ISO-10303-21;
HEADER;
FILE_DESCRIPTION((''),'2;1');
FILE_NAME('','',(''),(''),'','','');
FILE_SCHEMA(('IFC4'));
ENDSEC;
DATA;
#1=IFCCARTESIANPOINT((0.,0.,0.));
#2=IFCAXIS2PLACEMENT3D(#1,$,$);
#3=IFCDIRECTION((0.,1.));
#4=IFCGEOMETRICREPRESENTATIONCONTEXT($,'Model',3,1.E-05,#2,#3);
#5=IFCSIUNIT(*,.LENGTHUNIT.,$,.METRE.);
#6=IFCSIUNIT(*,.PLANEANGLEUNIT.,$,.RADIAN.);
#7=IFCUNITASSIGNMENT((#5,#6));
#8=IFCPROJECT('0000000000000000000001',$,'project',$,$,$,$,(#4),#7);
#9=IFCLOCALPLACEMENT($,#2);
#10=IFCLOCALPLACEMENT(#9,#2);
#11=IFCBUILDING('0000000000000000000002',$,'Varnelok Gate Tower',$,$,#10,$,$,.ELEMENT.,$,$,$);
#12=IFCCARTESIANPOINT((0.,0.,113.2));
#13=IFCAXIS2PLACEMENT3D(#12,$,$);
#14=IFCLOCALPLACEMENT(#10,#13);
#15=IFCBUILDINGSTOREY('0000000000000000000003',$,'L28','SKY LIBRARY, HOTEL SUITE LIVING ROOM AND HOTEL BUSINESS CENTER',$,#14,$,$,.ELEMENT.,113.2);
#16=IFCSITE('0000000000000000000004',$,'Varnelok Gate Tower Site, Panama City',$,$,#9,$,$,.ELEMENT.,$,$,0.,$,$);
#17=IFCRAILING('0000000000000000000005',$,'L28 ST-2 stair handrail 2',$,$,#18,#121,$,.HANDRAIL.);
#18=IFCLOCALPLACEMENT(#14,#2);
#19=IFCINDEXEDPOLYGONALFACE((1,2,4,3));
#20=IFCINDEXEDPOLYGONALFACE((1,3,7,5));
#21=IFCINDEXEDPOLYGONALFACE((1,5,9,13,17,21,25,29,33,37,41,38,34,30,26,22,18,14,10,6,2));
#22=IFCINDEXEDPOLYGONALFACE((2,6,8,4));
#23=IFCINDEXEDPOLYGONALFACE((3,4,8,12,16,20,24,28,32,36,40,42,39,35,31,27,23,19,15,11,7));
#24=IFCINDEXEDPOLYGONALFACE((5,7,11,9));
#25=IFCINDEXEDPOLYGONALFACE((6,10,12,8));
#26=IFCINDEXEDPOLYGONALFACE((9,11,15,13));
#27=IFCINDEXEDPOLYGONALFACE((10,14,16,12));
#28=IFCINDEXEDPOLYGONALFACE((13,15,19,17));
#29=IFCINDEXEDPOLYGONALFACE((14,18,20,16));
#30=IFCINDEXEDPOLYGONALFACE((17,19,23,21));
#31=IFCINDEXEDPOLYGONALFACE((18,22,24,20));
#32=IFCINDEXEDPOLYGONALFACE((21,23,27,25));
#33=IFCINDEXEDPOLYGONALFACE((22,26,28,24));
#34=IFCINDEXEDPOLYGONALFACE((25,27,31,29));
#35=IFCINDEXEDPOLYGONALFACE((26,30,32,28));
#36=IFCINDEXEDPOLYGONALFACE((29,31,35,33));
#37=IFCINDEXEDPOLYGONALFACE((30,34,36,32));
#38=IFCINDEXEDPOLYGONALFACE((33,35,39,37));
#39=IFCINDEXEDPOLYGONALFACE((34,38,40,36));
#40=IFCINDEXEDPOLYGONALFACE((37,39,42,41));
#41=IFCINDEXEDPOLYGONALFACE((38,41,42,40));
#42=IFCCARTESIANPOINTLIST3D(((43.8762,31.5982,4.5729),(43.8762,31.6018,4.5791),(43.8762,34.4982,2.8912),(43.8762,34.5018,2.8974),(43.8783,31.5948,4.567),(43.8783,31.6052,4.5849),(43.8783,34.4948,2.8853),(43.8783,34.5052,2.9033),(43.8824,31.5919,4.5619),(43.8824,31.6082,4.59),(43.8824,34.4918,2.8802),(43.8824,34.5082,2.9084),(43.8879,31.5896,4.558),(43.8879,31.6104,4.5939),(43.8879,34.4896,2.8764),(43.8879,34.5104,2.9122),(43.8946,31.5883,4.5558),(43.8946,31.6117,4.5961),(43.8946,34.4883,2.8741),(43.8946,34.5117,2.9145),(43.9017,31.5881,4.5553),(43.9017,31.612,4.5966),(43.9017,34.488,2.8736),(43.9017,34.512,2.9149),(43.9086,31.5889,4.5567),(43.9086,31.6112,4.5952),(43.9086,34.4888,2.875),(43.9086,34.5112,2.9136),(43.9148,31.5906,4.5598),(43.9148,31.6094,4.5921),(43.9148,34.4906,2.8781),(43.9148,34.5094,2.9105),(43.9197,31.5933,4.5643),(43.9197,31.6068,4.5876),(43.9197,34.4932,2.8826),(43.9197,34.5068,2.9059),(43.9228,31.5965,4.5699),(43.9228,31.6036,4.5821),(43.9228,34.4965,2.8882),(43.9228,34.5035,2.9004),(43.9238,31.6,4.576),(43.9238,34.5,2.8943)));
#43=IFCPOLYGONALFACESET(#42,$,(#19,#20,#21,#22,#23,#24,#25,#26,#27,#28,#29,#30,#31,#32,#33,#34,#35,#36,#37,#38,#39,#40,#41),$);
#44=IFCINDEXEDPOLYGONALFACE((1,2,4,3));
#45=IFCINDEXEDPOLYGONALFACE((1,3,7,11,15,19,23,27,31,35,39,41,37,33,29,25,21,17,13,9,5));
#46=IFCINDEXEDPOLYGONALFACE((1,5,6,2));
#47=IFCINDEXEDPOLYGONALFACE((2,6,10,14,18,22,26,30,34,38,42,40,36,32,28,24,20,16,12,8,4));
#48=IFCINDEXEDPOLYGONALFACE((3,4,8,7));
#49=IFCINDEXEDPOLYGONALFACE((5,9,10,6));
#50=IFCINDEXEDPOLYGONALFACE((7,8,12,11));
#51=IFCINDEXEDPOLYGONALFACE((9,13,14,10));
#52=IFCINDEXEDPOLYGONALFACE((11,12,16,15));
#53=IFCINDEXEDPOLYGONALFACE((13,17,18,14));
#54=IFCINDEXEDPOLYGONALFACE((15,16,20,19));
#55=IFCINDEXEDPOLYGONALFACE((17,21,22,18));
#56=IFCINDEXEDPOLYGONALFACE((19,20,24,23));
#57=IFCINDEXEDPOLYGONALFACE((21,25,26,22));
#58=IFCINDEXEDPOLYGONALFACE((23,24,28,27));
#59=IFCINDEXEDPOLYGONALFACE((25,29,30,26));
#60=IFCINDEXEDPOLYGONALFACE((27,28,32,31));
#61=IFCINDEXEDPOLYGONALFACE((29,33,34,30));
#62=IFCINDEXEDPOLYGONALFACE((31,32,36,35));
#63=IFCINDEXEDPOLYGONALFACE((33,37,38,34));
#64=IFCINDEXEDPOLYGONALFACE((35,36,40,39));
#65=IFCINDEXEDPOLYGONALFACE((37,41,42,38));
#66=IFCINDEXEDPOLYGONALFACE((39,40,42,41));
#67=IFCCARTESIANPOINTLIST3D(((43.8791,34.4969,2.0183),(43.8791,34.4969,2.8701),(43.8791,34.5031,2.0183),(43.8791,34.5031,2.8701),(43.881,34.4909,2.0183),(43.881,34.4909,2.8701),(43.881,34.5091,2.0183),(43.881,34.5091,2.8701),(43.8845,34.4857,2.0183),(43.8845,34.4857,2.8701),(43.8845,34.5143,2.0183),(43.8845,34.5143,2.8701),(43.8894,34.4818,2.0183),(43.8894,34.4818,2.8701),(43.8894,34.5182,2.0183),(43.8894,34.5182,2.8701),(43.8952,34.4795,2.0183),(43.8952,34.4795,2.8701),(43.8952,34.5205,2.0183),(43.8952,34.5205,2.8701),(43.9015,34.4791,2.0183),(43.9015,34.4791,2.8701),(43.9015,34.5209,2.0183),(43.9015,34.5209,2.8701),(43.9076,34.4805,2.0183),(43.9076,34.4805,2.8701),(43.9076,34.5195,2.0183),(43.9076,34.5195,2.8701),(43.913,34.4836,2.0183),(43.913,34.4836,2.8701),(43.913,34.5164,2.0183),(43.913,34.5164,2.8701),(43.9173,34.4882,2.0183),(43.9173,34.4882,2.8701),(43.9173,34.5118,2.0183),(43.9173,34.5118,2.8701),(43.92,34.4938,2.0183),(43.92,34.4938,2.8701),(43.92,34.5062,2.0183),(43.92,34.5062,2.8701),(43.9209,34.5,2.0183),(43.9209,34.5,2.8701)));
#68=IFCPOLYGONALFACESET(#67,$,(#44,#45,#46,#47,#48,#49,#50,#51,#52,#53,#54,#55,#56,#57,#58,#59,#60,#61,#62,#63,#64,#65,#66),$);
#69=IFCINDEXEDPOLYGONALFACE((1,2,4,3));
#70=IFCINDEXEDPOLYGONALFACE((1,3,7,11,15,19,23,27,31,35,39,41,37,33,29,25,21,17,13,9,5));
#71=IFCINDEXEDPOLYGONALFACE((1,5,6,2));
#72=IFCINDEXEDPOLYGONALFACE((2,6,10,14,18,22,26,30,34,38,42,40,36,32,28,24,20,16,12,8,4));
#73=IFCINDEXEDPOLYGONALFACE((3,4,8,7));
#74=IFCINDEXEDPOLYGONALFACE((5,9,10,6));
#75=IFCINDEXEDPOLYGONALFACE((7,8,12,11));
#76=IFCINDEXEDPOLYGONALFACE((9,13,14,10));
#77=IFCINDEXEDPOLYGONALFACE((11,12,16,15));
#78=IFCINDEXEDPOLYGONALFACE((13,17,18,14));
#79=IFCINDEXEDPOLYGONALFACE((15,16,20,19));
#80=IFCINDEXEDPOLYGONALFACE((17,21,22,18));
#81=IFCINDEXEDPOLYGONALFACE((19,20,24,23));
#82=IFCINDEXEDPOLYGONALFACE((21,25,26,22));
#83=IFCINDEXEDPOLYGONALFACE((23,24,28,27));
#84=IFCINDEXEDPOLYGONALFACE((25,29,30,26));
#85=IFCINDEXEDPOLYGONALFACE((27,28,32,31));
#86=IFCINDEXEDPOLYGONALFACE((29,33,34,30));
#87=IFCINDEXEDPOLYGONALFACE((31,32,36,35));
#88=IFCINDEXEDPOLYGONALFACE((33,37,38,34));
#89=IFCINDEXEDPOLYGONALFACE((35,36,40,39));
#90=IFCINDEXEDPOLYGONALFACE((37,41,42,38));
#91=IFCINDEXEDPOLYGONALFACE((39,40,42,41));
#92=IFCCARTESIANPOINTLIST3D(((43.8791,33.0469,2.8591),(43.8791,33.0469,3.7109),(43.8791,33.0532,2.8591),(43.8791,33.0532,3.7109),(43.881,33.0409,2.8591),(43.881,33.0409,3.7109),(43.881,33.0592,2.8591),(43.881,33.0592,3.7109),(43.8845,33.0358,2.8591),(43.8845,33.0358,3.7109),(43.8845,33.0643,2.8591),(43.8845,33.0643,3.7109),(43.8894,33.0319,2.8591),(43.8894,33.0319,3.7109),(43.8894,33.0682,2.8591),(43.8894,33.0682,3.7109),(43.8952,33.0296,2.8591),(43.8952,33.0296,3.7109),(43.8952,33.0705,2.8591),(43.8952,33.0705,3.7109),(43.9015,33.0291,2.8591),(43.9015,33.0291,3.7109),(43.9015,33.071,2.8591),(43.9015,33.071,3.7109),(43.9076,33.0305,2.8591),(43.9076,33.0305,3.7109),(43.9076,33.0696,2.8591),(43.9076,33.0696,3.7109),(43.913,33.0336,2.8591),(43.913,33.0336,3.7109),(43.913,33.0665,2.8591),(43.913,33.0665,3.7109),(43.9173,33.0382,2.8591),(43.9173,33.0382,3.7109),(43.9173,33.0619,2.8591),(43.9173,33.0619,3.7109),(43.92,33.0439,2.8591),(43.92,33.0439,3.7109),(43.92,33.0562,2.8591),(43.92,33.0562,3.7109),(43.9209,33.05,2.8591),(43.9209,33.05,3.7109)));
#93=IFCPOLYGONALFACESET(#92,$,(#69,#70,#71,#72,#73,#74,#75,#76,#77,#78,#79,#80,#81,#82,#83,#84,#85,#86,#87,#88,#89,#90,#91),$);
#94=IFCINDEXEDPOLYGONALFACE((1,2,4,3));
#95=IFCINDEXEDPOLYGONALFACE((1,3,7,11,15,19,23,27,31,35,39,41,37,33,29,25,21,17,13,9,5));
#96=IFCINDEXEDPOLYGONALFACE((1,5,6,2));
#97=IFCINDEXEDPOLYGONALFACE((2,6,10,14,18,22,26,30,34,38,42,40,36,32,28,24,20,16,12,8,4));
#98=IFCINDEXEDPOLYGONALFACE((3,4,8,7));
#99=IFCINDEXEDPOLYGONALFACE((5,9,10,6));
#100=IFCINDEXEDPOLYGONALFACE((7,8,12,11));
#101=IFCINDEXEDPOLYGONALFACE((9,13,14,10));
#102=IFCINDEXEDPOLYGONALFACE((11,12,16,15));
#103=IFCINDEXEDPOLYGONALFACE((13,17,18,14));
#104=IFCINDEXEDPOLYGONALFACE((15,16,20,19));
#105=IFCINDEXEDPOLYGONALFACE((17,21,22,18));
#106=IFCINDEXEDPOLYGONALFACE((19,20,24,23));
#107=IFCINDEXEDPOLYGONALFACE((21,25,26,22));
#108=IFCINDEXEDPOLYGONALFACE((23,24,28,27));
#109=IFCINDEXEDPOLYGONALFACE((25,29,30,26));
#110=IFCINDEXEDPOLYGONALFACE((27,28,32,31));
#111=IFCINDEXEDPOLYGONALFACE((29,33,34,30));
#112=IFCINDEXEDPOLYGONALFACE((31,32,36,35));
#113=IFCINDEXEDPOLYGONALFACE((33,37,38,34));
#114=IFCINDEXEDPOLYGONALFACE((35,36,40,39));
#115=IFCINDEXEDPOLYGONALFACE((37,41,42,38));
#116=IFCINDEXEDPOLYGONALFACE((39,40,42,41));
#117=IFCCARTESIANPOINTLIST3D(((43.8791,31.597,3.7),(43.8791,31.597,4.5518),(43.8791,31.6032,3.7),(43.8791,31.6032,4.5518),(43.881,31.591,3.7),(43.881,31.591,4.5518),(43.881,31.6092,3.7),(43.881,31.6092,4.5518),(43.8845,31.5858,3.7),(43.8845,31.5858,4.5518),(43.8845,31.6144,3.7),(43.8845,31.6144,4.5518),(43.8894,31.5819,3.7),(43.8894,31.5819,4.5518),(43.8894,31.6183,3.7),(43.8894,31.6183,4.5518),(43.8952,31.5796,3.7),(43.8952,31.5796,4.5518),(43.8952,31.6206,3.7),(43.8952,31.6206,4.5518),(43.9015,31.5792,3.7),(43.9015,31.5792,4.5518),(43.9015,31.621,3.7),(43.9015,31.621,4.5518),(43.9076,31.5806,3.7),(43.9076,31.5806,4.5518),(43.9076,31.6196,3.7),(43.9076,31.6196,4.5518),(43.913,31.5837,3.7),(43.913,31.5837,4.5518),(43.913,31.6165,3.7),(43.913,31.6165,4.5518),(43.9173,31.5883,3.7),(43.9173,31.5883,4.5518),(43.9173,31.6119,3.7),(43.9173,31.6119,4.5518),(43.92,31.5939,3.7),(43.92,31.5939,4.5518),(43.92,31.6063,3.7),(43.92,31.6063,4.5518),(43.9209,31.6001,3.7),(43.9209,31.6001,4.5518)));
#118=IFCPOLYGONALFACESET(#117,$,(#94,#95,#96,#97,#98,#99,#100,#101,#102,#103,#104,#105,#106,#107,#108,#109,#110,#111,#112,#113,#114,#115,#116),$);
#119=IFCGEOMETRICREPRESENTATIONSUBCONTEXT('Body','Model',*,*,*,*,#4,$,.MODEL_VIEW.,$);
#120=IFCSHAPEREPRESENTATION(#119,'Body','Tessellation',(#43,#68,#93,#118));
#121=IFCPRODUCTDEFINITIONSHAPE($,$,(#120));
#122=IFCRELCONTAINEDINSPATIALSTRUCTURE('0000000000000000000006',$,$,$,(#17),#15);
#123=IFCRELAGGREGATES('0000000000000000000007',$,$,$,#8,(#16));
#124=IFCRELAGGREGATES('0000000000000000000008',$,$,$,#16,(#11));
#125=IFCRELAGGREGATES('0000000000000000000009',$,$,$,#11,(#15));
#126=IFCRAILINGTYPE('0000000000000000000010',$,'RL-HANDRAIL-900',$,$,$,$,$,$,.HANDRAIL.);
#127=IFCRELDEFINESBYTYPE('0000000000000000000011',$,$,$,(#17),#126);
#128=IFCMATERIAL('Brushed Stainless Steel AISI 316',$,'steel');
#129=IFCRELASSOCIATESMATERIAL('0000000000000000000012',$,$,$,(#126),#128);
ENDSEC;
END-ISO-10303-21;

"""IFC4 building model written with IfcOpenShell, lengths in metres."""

from ifc_helpers import new_model, si_unit, direction, frame, origin, origin_2d, place, context, subcontext, project, spatial, circle, extrude, material, type_object, element, save


model = new_model("IFC4")

# Units and contexts
model_context = context("Model", 3, precision=1e-05, world=origin(), true_north=direction((0.0, 1.0)))
body_context = subcontext(model_context, "Body", "Model", "MODEL_VIEW")
ifc_project = project(units=[si_unit("LENGTHUNIT", "METRE"), si_unit("PLANEANGLEUNIT", "RADIAN")], contexts=[model_context])

# Site, building, storey
site_placement = place(None, origin())
site = spatial("IfcSite", under=ifc_project, at=site_placement, Name="Varnelok Gate Tower Site, Panama City", CompositionType="ELEMENT", RefElevation=0.0)
building_placement = place(site_placement, origin())
building = spatial("IfcBuilding", under=site, at=building_placement, Name="Varnelok Gate Tower", CompositionType="ELEMENT")
storey_placement = place(building_placement, frame((0.0, 0.0, 113.2)))
storey = spatial("IfcBuildingStorey", under=building, at=storey_placement, Name="L28", Description="SKY LIBRARY, HOTEL SUITE LIVING ROOM AND HOTEL BUSINESS CENTER", CompositionType="ELEMENT", Elevation=113.2)

# Railing
ifc_material_1 = material(Name="Brushed Stainless Steel AISI 316", Category="steel")
railing_type_1 = type_object("IfcRailingType", Name="RL-HANDRAIL-900", PredefinedType="HANDRAIL", material=ifc_material_1)
railing_1_placement = place(storey_placement, frame((43.8999, 34.5, 2.0183)))
element("IfcRailing", 1, at=railing_1_placement, inside=storey, type_object=railing_type_1, Name="L28 ST-2 stair handrail 2", PredefinedType="HANDRAIL", context=body_context, shape_type="SweptSolid", body=[
    extrude(circle(Radius=0.0239, at=origin_2d()), frame((0.0, 0.0, 0.876), z_axis=(0.0, -0.86507, 0.501651), x_axis=(1.0, 0.0, 0.0)), (0.0, 0.0, 1.0), 3.3523),
    extrude(circle(Radius=0.021, at=origin_2d()), origin(), (0.0, 0.0, 1.0), 0.8518),
    extrude(circle(Radius=0.021, at=origin_2d()), frame((0.0, -1.45, 0.8408)), (0.0, 0.0, 1.0), 0.8518),
    extrude(circle(Radius=0.021, at=origin_2d()), frame((0.0, -2.8999, 1.6816)), (0.0, 0.0, 1.0), 0.8518),
])

save(model, "model.ifc")
